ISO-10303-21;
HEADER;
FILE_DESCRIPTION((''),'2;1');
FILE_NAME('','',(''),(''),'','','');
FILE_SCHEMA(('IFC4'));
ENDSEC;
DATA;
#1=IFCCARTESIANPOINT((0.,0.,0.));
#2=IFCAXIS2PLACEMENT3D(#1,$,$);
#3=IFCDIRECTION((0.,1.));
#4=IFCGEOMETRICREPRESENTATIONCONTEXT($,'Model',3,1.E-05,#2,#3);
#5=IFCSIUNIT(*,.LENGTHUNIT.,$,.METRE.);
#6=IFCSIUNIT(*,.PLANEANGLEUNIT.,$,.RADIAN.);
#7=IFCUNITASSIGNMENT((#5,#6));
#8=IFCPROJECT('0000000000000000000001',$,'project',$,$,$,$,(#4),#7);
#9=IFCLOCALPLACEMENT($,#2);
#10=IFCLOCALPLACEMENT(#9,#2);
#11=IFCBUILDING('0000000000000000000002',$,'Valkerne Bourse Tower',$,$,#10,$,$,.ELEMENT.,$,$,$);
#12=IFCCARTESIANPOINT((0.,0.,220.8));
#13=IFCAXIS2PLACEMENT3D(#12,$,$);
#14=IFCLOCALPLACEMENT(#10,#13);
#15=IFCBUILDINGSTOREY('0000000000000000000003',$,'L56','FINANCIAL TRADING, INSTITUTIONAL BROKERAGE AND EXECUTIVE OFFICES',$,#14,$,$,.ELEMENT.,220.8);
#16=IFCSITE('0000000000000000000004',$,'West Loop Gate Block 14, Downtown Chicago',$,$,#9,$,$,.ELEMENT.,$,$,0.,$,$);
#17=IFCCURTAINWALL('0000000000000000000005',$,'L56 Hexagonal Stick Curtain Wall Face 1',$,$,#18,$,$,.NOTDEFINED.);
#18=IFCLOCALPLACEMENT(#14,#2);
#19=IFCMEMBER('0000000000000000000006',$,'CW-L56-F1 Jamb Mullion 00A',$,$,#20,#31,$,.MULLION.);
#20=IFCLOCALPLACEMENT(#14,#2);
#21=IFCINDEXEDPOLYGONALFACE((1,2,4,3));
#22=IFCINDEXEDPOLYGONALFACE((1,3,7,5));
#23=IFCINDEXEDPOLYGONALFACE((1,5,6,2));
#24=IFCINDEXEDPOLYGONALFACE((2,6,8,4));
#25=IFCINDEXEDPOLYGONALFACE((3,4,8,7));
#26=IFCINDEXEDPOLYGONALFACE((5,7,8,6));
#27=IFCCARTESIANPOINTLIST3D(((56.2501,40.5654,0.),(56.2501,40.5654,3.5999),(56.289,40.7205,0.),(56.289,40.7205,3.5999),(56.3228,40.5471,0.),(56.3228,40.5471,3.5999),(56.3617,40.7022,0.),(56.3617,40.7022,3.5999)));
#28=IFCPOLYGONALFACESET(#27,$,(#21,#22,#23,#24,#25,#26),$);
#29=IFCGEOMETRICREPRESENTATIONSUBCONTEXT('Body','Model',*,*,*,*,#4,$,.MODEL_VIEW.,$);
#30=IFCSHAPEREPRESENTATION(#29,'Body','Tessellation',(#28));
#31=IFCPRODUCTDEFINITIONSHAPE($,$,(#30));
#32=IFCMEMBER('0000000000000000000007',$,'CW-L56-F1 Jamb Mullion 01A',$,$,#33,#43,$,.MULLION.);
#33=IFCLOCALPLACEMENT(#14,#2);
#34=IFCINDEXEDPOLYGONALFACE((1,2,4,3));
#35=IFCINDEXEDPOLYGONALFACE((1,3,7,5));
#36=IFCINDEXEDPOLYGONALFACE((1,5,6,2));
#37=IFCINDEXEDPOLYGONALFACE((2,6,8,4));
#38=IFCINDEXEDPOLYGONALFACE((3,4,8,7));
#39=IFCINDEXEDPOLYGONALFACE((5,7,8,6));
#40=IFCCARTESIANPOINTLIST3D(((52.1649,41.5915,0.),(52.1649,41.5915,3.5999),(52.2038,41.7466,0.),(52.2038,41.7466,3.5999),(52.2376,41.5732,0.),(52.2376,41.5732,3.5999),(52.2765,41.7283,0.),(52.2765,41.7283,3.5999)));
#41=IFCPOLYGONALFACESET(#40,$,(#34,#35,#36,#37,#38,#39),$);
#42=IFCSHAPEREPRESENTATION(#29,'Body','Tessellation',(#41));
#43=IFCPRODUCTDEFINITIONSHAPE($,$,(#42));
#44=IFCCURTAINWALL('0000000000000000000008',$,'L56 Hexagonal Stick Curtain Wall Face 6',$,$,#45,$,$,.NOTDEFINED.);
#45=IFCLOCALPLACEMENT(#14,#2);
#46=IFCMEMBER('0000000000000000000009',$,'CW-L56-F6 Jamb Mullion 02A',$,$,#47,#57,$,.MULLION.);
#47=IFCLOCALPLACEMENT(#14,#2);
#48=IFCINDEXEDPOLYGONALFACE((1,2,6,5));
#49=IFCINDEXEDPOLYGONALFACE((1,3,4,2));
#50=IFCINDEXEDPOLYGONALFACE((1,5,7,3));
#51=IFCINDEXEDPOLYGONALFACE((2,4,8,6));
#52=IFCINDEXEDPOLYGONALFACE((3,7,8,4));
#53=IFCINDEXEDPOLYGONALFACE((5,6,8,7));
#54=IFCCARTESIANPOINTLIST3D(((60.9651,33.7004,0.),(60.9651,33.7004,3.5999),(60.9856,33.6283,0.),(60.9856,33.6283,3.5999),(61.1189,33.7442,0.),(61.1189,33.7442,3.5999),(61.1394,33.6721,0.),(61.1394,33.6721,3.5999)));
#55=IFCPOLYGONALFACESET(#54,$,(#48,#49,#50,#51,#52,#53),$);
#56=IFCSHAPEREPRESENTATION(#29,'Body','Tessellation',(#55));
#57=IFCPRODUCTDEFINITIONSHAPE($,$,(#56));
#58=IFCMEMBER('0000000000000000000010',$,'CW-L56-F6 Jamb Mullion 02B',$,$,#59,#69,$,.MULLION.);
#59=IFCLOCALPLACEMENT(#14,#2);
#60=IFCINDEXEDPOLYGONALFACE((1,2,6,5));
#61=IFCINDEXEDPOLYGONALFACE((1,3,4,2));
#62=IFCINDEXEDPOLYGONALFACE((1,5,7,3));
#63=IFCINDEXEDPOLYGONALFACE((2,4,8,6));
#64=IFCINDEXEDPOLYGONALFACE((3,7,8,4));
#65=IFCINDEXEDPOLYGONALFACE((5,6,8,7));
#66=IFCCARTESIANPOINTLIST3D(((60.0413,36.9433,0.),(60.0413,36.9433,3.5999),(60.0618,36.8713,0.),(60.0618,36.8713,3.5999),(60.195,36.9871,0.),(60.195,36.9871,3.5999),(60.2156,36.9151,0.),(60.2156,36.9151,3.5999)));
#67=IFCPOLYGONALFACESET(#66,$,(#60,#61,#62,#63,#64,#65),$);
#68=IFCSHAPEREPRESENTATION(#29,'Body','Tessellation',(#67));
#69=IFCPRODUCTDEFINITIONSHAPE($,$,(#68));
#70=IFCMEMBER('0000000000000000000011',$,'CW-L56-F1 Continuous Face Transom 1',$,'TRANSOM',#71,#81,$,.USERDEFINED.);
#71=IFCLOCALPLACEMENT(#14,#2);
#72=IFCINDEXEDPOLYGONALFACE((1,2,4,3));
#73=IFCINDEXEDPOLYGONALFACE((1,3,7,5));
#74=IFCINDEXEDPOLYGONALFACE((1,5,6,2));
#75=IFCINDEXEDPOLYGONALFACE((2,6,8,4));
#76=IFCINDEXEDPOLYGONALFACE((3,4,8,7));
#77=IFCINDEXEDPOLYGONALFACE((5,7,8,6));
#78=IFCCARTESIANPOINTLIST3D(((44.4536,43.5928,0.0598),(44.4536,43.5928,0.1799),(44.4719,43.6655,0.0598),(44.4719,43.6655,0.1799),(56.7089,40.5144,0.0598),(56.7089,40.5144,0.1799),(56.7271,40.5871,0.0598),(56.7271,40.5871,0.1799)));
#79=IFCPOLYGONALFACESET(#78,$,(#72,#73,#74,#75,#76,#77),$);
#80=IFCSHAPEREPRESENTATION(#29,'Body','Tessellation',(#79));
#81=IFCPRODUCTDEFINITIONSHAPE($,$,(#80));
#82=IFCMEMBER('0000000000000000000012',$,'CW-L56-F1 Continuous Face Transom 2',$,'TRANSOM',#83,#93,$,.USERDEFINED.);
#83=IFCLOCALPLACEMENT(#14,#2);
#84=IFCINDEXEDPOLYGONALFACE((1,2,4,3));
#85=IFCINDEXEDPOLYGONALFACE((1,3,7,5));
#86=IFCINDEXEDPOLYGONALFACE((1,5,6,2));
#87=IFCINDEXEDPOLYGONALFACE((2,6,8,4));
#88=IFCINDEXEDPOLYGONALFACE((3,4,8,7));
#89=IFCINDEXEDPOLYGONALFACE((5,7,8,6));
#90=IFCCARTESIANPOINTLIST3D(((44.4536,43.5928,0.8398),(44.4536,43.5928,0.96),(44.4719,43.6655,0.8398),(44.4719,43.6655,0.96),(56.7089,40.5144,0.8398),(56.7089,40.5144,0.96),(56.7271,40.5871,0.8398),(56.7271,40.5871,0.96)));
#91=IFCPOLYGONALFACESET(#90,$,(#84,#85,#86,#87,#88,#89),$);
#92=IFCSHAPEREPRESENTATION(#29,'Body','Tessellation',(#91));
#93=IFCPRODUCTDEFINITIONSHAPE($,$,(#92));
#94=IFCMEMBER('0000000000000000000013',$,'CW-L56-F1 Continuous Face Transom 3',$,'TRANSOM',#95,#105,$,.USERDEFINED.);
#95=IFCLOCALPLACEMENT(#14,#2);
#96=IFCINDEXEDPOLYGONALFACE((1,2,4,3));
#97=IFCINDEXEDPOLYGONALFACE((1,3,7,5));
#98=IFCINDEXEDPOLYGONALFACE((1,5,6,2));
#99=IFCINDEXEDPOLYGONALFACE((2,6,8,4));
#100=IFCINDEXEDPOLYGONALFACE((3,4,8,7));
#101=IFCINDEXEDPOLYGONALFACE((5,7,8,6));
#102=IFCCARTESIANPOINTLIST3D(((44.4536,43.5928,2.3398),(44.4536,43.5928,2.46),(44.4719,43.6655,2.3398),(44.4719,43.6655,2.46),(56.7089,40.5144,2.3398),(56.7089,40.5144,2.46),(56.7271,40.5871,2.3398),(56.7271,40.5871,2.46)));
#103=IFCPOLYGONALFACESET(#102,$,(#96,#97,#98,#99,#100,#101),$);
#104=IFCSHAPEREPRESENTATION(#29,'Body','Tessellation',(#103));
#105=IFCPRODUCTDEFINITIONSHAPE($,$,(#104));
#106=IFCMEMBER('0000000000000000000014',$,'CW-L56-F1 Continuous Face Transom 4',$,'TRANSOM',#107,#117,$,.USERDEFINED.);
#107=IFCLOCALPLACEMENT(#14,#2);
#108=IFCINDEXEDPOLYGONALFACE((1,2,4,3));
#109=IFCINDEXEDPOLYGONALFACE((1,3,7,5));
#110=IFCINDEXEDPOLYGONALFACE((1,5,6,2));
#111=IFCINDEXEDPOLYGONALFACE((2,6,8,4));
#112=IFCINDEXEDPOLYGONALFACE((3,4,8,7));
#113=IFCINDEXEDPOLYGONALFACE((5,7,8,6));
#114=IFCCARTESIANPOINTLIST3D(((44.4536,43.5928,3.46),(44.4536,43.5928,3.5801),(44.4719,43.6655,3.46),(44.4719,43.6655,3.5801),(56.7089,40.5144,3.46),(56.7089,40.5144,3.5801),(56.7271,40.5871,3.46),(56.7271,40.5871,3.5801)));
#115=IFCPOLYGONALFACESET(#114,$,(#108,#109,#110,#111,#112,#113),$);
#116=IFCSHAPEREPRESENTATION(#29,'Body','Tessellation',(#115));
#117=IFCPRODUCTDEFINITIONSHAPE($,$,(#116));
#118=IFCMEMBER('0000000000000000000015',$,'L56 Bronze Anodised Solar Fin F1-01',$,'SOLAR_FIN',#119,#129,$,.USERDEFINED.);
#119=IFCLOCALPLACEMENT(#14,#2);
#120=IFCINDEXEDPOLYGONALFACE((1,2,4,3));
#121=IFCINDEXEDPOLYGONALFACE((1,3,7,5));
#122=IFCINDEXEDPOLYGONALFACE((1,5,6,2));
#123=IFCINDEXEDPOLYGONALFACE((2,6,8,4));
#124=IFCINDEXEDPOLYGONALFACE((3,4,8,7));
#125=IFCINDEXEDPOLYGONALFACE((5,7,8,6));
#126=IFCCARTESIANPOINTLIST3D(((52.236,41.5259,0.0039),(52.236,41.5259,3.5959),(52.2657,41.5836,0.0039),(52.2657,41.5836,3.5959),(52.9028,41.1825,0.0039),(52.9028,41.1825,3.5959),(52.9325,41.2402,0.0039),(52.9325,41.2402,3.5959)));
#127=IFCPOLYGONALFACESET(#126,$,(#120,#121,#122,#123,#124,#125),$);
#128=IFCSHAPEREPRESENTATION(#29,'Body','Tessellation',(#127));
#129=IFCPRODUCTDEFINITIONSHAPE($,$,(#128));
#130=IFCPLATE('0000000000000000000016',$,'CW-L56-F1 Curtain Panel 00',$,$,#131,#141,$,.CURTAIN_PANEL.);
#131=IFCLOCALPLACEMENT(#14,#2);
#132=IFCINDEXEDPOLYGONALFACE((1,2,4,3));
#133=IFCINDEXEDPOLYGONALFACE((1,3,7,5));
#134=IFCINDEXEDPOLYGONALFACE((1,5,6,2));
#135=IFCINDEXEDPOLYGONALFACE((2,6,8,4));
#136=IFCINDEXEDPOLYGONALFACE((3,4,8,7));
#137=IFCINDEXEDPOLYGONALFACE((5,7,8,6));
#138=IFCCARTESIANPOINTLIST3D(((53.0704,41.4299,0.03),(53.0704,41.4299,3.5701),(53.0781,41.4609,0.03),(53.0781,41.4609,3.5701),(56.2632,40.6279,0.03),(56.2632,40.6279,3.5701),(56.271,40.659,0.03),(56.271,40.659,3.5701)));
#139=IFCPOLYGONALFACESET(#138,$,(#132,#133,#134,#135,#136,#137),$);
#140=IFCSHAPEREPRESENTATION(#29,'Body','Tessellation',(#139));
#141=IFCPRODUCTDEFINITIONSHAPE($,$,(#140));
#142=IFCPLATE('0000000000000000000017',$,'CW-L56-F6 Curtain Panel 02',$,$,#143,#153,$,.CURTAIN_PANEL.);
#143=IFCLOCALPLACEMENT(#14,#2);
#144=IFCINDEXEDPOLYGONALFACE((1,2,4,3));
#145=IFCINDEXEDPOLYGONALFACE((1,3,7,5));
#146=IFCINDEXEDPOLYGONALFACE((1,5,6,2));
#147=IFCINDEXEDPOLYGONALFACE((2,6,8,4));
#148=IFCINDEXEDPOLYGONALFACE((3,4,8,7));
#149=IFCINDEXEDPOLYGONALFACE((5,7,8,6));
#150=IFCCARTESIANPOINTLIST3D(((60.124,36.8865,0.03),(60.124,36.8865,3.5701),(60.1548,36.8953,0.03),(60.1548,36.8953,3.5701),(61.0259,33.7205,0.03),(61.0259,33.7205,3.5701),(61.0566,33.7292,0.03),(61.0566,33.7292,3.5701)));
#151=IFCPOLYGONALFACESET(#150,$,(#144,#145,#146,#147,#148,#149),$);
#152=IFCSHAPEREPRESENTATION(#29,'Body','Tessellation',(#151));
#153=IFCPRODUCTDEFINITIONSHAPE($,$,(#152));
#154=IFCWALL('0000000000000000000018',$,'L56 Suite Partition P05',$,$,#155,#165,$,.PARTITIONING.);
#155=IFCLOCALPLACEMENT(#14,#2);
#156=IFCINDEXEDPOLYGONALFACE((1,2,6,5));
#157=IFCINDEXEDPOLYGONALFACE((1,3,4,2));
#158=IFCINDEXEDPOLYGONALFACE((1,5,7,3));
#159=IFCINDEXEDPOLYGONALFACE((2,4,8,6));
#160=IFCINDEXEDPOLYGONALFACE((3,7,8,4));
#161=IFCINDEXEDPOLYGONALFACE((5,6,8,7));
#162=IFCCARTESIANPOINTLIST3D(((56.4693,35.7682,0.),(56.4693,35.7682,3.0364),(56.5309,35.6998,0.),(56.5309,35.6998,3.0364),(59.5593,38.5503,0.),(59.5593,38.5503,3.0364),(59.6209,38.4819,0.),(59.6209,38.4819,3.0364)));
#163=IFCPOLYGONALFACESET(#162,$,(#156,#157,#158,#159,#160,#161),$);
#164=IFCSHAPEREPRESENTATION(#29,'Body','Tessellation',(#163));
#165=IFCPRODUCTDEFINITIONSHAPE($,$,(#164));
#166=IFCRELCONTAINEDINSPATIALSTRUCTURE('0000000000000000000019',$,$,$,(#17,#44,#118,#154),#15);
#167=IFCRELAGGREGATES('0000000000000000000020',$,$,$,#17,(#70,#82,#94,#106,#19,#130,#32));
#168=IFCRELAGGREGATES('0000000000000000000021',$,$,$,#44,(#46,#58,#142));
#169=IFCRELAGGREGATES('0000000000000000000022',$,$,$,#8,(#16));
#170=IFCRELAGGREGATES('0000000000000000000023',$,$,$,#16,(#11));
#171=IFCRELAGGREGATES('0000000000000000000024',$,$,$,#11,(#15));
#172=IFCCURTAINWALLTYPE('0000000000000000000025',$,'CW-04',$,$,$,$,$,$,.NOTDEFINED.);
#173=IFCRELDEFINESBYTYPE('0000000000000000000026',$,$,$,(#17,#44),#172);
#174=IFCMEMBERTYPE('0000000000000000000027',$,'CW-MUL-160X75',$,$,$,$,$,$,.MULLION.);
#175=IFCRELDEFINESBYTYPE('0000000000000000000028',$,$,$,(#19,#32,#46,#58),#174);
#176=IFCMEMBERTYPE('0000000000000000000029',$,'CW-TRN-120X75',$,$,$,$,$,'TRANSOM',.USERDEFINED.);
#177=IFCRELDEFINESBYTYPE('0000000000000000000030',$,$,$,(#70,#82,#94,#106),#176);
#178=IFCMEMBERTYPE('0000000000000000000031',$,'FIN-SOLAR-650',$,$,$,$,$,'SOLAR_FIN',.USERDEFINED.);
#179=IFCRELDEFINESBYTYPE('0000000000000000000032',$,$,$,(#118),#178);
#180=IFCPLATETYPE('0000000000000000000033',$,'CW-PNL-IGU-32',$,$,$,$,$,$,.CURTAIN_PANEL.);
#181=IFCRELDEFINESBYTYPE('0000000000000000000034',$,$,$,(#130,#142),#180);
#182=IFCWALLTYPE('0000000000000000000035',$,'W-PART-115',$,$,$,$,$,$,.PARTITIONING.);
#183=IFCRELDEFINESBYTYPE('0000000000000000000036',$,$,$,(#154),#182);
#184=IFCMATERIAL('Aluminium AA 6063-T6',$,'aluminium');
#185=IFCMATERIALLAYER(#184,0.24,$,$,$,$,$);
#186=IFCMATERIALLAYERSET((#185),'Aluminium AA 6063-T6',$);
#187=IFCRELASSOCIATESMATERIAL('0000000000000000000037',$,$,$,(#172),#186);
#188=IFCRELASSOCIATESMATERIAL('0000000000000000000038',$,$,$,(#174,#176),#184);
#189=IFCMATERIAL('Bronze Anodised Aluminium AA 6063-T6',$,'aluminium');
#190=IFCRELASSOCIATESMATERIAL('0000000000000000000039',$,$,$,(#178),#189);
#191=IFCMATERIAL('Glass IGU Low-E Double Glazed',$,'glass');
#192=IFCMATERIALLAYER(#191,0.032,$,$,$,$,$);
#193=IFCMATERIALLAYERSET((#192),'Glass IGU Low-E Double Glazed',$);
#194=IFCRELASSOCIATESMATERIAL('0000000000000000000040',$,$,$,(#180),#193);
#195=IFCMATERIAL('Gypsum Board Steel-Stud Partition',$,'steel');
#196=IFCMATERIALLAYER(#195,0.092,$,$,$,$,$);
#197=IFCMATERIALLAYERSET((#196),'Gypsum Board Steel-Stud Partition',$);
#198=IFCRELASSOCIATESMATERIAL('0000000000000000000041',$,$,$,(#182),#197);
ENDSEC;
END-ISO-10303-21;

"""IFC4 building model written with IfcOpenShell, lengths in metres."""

from ifc_helpers import new_model, si_unit, direction, frame, frame_2d, origin, origin_2d, place, context, subcontext, project, spatial, rectangle, extrude, material, layer, layer_set, material_profile, profile_set, type_object, element, aggregate, save


model = new_model("IFC4")

# Units and contexts
model_context = context("Model", 3, precision=1e-05, world=origin(), true_north=direction((0.0, 1.0)))
body_context = subcontext(model_context, "Body", "Model", "MODEL_VIEW")
ifc_project = project(units=[si_unit("LENGTHUNIT", "METRE"), si_unit("PLANEANGLEUNIT", "RADIAN")], contexts=[model_context])

# Site, building, storey
site_placement = place(None, origin())
site = spatial("IfcSite", under=ifc_project, at=site_placement, Name="West Loop Gate Block 14, Downtown Chicago", CompositionType="ELEMENT", RefElevation=0.0)
building_placement = place(site_placement, origin())
building = spatial("IfcBuilding", under=site, at=building_placement, Name="Valkerne Bourse Tower", CompositionType="ELEMENT")
storey_placement = place(building_placement, frame((0.0, 0.0, 220.8)))
storey = spatial("IfcBuildingStorey", under=building, at=storey_placement, Name="L56", Description="FINANCIAL TRADING, INSTITUTIONAL BROKERAGE AND EXECUTIVE OFFICES", CompositionType="ELEMENT", Elevation=220.8)

# Curtain walls, members
ifc_material_1 = material(Name="Aluminium AA 6063-T6", Category="aluminium")
ifc_layer_1 = layer(ifc_material_1, 0.24)
ifc_layer_set_1 = layer_set([ifc_layer_1], Name="Aluminium AA 6063-T6")
curtain_wall_type = type_object("IfcCurtainWallType", Name="CW-04", PredefinedType="NOTDEFINED", material=ifc_layer_set_1)
curtain_wall_1_placement = place(storey_placement, origin())
curtain_wall_1 = element("IfcCurtainWall", 1, at=curtain_wall_1_placement, inside=storey, type_object=curtain_wall_type, Name="L56 Hexagonal Stick Curtain Wall Face 1", PredefinedType="NOTDEFINED")
ifc_material_profile_1 = material_profile(ifc_material_1, rectangle(XDim=0.075, YDim=0.1599, at=origin_2d()), Name="CWM-75X160")
ifc_profile_set_1 = profile_set([ifc_material_profile_1], Name="Aluminium AA 6063-T6")
member_type_1 = type_object("IfcMemberType", Name="CW-MUL-160X75", PredefinedType="MULLION", material=ifc_profile_set_1)
member_1_placement = place(storey_placement, frame((56.3059, 40.6338, 0.0), z_axis=(0.0, 0.0, 1.0), x_axis=(-0.969872, 0.243614, 0.0)))
member_1 = element("IfcMember", 2, at=member_1_placement, type_object=member_type_1, Name="CW-L56-F1 Jamb Mullion 00A", PredefinedType="MULLION", context=body_context, shape_type="SweptSolid", body=[
    extrude(rectangle(XDim=0.075, YDim=0.1599, at=origin_2d()), origin(), (0.0, 0.0, 1.0), 3.5999),
])
member_2_placement = place(storey_placement, frame((52.2207, 41.6599, 0.0), z_axis=(0.0, 0.0, 1.0), x_axis=(-0.969872, 0.243614, 0.0)))
member_2 = element("IfcMember", 3, at=member_2_placement, type_object=member_type_1, Name="CW-L56-F1 Jamb Mullion 01A", PredefinedType="MULLION", context=body_context, shape_type="SweptSolid", body=[
    extrude(rectangle(XDim=0.075, YDim=0.1599, at=origin_2d()), origin(), (0.0, 0.0, 1.0), 3.5999),
])
curtain_wall_2_placement = place(storey_placement, origin())
curtain_wall_2 = element("IfcCurtainWall", 4, at=curtain_wall_2_placement, inside=storey, type_object=curtain_wall_type, Name="L56 Hexagonal Stick Curtain Wall Face 6", PredefinedType="NOTDEFINED")
member_3_placement = place(storey_placement, frame((61.0522, 33.6863, 0.0), z_axis=(0.0, 0.0, 1.0), x_axis=(-0.273959, 0.961741, 0.0)))
member_3 = element("IfcMember", 5, at=member_3_placement, type_object=member_type_1, Name="CW-L56-F6 Jamb Mullion 02A", PredefinedType="MULLION", context=body_context, shape_type="SweptSolid", body=[
    extrude(rectangle(XDim=0.075, YDim=0.1599, at=origin_2d()), origin(), (0.0, 0.0, 1.0), 3.5999),
])
member_4_placement = place(storey_placement, frame((60.1284, 36.9292, 0.0), z_axis=(0.0, 0.0, 1.0), x_axis=(-0.273959, 0.961741, 0.0)))
member_4 = element("IfcMember", 6, at=member_4_placement, type_object=member_type_1, Name="CW-L56-F6 Jamb Mullion 02B", PredefinedType="MULLION", context=body_context, shape_type="SweptSolid", body=[
    extrude(rectangle(XDim=0.075, YDim=0.1599, at=origin_2d()), origin(), (0.0, 0.0, 1.0), 3.5999),
])

# Members
ifc_material_profile_2 = material_profile(ifc_material_1, rectangle(XDim=0.075, YDim=0.1201, at=origin_2d()), Name="CWT-75X120")
ifc_profile_set_2 = profile_set([ifc_material_profile_2], Name="Aluminium AA 6063-T6")
member_type_2 = type_object("IfcMemberType", Name="CW-TRN-120X75", ElementType="TRANSOM", PredefinedType="USERDEFINED", material=ifc_profile_set_2)
member_5_placement = place(storey_placement, frame((56.718, 40.5508, 0.1199), z_axis=(-0.969871, 0.243617, 0.0), x_axis=(-0.243617, -0.969871, 0.0)))
member_5 = element("IfcMember", 7, at=member_5_placement, type_object=member_type_2, Name="CW-L56-F1 Continuous Face Transom 1", ObjectType="TRANSOM", PredefinedType="USERDEFINED", context=body_context, shape_type="SweptSolid", body=[
    extrude(rectangle(XDim=0.075, YDim=0.1201, at=origin_2d()), origin(), (0.0, 0.0, 1.0), 12.636),
])
member_6_placement = place(storey_placement, frame((56.718, 40.5508, 0.8999), z_axis=(-0.969871, 0.243617, 0.0), x_axis=(-0.243617, -0.969871, 0.0)))
member_6 = element("IfcMember", 8, at=member_6_placement, type_object=member_type_2, Name="CW-L56-F1 Continuous Face Transom 2", ObjectType="TRANSOM", PredefinedType="USERDEFINED", context=body_context, shape_type="SweptSolid", body=[
    extrude(rectangle(XDim=0.075, YDim=0.1201, at=origin_2d()), origin(), (0.0, 0.0, 1.0), 12.636),
])
member_7_placement = place(storey_placement, frame((56.718, 40.5508, 2.3999), z_axis=(-0.969871, 0.243617, 0.0), x_axis=(-0.243617, -0.969871, 0.0)))
member_7 = element("IfcMember", 9, at=member_7_placement, type_object=member_type_2, Name="CW-L56-F1 Continuous Face Transom 3", ObjectType="TRANSOM", PredefinedType="USERDEFINED", context=body_context, shape_type="SweptSolid", body=[
    extrude(rectangle(XDim=0.075, YDim=0.1201, at=origin_2d()), origin(), (0.0, 0.0, 1.0), 12.636),
])
member_8_placement = place(storey_placement, frame((56.718, 40.5508, 3.52), z_axis=(-0.969871, 0.243617, 0.0), x_axis=(-0.243617, -0.969871, 0.0)))
member_8 = element("IfcMember", 10, at=member_8_placement, type_object=member_type_2, Name="CW-L56-F1 Continuous Face Transom 4", ObjectType="TRANSOM", PredefinedType="USERDEFINED", context=body_context, shape_type="SweptSolid", body=[
    extrude(rectangle(XDim=0.075, YDim=0.1201, at=origin_2d()), origin(), (0.0, 0.0, 1.0), 12.636),
])
ifc_material_2 = material(Name="Bronze Anodised Aluminium AA 6063-T6", Category="aluminium")
ifc_material_profile_3 = material_profile(ifc_material_2, rectangle(XDim=0.0649, YDim=0.75, at=origin_2d()), Name="FIN-65X750")
ifc_profile_set_3 = profile_set([ifc_material_profile_3], Name="Bronze Anodised Aluminium AA 6063-T6")
member_type_3 = type_object("IfcMemberType", Name="FIN-SOLAR-650", ElementType="SOLAR_FIN", PredefinedType="USERDEFINED", material=ifc_profile_set_3)
member_9_placement = place(storey_placement, frame((52.5842, 41.3831, 0.0039), z_axis=(0.0, 0.0, 1.0), x_axis=(0.457831, 0.889039, 0.0)))
element("IfcMember", 11, at=member_9_placement, inside=storey, type_object=member_type_3, Name="L56 Bronze Anodised Solar Fin F1-01", ObjectType="SOLAR_FIN", PredefinedType="USERDEFINED", context=body_context, shape_type="SweptSolid", body=[
    extrude(rectangle(XDim=0.0649, YDim=0.75, at=origin_2d()), origin(), (0.0, 0.0, 1.0), 3.592),
])

# Plates
ifc_material_3 = material(Name="Glass IGU Low-E Double Glazed", Category="glass")
ifc_layer_2 = layer(ifc_material_3, 0.032)
ifc_layer_set_2 = layer_set([ifc_layer_2], Name="Glass IGU Low-E Double Glazed")
plate_type = type_object("IfcPlateType", Name="CW-PNL-IGU-32", PredefinedType="CURTAIN_PANEL", material=ifc_layer_set_2)
plate_1_placement = place(storey_placement, frame((54.6707, 41.0444, 0.03), z_axis=(0.0, 0.0, 1.0), x_axis=(-0.969872, 0.243614, 0.0)))
plate_1 = element("IfcPlate", 12, at=plate_1_placement, type_object=plate_type, Name="CW-L56-F1 Curtain Panel 00", PredefinedType="CURTAIN_PANEL", context=body_context, shape_type="SweptSolid", body=[
    extrude(rectangle(XDim=3.292, YDim=0.032, at=origin_2d()), origin(), (0.0, 0.0, 1.0), 3.54),
])
aggregate(curtain_wall_1, [member_5, member_6, member_7, member_8, member_1, plate_1, member_2])
plate_2_placement = place(storey_placement, frame((60.5903, 35.3079, 0.03), z_axis=(0.0, 0.0, 1.0), x_axis=(-0.273959, 0.961741, 0.0)))
plate_2 = element("IfcPlate", 13, at=plate_2_placement, type_object=plate_type, Name="CW-L56-F6 Curtain Panel 02", PredefinedType="CURTAIN_PANEL", context=body_context, shape_type="SweptSolid", body=[
    extrude(rectangle(XDim=3.292, YDim=0.032, at=origin_2d()), origin(), (0.0, 0.0, 1.0), 3.54),
])
aggregate(curtain_wall_2, [member_3, member_4, plate_2])

# Wall
ifc_material_4 = material(Name="Gypsum Board Steel-Stud Partition", Category="steel")
ifc_layer_3 = layer(ifc_material_4, 0.092)
ifc_layer_set_3 = layer_set([ifc_layer_3], Name="Gypsum Board Steel-Stud Partition")
wall_type = type_object("IfcWallType", Name="W-PART-115", PredefinedType="PARTITIONING", material=ifc_layer_set_3)
wall_placement = place(storey_placement, frame((56.5, 35.7339, 0.0), z_axis=(0.0, 0.0, 1.0), x_axis=(0.743157, 0.669117, 0.0)))
element("IfcWall", 14, at=wall_placement, inside=storey, type_object=wall_type, Name="L56 Suite Partition P05", PredefinedType="PARTITIONING", context=body_context, shape_type="SweptSolid", body=[
    extrude(rectangle(XDim=4.158, YDim=0.092, at=frame_2d((2.0791, 0.0))), origin(), (0.0, 0.0, 1.0), 3.0364),
])

save(model, "model.ifc")
